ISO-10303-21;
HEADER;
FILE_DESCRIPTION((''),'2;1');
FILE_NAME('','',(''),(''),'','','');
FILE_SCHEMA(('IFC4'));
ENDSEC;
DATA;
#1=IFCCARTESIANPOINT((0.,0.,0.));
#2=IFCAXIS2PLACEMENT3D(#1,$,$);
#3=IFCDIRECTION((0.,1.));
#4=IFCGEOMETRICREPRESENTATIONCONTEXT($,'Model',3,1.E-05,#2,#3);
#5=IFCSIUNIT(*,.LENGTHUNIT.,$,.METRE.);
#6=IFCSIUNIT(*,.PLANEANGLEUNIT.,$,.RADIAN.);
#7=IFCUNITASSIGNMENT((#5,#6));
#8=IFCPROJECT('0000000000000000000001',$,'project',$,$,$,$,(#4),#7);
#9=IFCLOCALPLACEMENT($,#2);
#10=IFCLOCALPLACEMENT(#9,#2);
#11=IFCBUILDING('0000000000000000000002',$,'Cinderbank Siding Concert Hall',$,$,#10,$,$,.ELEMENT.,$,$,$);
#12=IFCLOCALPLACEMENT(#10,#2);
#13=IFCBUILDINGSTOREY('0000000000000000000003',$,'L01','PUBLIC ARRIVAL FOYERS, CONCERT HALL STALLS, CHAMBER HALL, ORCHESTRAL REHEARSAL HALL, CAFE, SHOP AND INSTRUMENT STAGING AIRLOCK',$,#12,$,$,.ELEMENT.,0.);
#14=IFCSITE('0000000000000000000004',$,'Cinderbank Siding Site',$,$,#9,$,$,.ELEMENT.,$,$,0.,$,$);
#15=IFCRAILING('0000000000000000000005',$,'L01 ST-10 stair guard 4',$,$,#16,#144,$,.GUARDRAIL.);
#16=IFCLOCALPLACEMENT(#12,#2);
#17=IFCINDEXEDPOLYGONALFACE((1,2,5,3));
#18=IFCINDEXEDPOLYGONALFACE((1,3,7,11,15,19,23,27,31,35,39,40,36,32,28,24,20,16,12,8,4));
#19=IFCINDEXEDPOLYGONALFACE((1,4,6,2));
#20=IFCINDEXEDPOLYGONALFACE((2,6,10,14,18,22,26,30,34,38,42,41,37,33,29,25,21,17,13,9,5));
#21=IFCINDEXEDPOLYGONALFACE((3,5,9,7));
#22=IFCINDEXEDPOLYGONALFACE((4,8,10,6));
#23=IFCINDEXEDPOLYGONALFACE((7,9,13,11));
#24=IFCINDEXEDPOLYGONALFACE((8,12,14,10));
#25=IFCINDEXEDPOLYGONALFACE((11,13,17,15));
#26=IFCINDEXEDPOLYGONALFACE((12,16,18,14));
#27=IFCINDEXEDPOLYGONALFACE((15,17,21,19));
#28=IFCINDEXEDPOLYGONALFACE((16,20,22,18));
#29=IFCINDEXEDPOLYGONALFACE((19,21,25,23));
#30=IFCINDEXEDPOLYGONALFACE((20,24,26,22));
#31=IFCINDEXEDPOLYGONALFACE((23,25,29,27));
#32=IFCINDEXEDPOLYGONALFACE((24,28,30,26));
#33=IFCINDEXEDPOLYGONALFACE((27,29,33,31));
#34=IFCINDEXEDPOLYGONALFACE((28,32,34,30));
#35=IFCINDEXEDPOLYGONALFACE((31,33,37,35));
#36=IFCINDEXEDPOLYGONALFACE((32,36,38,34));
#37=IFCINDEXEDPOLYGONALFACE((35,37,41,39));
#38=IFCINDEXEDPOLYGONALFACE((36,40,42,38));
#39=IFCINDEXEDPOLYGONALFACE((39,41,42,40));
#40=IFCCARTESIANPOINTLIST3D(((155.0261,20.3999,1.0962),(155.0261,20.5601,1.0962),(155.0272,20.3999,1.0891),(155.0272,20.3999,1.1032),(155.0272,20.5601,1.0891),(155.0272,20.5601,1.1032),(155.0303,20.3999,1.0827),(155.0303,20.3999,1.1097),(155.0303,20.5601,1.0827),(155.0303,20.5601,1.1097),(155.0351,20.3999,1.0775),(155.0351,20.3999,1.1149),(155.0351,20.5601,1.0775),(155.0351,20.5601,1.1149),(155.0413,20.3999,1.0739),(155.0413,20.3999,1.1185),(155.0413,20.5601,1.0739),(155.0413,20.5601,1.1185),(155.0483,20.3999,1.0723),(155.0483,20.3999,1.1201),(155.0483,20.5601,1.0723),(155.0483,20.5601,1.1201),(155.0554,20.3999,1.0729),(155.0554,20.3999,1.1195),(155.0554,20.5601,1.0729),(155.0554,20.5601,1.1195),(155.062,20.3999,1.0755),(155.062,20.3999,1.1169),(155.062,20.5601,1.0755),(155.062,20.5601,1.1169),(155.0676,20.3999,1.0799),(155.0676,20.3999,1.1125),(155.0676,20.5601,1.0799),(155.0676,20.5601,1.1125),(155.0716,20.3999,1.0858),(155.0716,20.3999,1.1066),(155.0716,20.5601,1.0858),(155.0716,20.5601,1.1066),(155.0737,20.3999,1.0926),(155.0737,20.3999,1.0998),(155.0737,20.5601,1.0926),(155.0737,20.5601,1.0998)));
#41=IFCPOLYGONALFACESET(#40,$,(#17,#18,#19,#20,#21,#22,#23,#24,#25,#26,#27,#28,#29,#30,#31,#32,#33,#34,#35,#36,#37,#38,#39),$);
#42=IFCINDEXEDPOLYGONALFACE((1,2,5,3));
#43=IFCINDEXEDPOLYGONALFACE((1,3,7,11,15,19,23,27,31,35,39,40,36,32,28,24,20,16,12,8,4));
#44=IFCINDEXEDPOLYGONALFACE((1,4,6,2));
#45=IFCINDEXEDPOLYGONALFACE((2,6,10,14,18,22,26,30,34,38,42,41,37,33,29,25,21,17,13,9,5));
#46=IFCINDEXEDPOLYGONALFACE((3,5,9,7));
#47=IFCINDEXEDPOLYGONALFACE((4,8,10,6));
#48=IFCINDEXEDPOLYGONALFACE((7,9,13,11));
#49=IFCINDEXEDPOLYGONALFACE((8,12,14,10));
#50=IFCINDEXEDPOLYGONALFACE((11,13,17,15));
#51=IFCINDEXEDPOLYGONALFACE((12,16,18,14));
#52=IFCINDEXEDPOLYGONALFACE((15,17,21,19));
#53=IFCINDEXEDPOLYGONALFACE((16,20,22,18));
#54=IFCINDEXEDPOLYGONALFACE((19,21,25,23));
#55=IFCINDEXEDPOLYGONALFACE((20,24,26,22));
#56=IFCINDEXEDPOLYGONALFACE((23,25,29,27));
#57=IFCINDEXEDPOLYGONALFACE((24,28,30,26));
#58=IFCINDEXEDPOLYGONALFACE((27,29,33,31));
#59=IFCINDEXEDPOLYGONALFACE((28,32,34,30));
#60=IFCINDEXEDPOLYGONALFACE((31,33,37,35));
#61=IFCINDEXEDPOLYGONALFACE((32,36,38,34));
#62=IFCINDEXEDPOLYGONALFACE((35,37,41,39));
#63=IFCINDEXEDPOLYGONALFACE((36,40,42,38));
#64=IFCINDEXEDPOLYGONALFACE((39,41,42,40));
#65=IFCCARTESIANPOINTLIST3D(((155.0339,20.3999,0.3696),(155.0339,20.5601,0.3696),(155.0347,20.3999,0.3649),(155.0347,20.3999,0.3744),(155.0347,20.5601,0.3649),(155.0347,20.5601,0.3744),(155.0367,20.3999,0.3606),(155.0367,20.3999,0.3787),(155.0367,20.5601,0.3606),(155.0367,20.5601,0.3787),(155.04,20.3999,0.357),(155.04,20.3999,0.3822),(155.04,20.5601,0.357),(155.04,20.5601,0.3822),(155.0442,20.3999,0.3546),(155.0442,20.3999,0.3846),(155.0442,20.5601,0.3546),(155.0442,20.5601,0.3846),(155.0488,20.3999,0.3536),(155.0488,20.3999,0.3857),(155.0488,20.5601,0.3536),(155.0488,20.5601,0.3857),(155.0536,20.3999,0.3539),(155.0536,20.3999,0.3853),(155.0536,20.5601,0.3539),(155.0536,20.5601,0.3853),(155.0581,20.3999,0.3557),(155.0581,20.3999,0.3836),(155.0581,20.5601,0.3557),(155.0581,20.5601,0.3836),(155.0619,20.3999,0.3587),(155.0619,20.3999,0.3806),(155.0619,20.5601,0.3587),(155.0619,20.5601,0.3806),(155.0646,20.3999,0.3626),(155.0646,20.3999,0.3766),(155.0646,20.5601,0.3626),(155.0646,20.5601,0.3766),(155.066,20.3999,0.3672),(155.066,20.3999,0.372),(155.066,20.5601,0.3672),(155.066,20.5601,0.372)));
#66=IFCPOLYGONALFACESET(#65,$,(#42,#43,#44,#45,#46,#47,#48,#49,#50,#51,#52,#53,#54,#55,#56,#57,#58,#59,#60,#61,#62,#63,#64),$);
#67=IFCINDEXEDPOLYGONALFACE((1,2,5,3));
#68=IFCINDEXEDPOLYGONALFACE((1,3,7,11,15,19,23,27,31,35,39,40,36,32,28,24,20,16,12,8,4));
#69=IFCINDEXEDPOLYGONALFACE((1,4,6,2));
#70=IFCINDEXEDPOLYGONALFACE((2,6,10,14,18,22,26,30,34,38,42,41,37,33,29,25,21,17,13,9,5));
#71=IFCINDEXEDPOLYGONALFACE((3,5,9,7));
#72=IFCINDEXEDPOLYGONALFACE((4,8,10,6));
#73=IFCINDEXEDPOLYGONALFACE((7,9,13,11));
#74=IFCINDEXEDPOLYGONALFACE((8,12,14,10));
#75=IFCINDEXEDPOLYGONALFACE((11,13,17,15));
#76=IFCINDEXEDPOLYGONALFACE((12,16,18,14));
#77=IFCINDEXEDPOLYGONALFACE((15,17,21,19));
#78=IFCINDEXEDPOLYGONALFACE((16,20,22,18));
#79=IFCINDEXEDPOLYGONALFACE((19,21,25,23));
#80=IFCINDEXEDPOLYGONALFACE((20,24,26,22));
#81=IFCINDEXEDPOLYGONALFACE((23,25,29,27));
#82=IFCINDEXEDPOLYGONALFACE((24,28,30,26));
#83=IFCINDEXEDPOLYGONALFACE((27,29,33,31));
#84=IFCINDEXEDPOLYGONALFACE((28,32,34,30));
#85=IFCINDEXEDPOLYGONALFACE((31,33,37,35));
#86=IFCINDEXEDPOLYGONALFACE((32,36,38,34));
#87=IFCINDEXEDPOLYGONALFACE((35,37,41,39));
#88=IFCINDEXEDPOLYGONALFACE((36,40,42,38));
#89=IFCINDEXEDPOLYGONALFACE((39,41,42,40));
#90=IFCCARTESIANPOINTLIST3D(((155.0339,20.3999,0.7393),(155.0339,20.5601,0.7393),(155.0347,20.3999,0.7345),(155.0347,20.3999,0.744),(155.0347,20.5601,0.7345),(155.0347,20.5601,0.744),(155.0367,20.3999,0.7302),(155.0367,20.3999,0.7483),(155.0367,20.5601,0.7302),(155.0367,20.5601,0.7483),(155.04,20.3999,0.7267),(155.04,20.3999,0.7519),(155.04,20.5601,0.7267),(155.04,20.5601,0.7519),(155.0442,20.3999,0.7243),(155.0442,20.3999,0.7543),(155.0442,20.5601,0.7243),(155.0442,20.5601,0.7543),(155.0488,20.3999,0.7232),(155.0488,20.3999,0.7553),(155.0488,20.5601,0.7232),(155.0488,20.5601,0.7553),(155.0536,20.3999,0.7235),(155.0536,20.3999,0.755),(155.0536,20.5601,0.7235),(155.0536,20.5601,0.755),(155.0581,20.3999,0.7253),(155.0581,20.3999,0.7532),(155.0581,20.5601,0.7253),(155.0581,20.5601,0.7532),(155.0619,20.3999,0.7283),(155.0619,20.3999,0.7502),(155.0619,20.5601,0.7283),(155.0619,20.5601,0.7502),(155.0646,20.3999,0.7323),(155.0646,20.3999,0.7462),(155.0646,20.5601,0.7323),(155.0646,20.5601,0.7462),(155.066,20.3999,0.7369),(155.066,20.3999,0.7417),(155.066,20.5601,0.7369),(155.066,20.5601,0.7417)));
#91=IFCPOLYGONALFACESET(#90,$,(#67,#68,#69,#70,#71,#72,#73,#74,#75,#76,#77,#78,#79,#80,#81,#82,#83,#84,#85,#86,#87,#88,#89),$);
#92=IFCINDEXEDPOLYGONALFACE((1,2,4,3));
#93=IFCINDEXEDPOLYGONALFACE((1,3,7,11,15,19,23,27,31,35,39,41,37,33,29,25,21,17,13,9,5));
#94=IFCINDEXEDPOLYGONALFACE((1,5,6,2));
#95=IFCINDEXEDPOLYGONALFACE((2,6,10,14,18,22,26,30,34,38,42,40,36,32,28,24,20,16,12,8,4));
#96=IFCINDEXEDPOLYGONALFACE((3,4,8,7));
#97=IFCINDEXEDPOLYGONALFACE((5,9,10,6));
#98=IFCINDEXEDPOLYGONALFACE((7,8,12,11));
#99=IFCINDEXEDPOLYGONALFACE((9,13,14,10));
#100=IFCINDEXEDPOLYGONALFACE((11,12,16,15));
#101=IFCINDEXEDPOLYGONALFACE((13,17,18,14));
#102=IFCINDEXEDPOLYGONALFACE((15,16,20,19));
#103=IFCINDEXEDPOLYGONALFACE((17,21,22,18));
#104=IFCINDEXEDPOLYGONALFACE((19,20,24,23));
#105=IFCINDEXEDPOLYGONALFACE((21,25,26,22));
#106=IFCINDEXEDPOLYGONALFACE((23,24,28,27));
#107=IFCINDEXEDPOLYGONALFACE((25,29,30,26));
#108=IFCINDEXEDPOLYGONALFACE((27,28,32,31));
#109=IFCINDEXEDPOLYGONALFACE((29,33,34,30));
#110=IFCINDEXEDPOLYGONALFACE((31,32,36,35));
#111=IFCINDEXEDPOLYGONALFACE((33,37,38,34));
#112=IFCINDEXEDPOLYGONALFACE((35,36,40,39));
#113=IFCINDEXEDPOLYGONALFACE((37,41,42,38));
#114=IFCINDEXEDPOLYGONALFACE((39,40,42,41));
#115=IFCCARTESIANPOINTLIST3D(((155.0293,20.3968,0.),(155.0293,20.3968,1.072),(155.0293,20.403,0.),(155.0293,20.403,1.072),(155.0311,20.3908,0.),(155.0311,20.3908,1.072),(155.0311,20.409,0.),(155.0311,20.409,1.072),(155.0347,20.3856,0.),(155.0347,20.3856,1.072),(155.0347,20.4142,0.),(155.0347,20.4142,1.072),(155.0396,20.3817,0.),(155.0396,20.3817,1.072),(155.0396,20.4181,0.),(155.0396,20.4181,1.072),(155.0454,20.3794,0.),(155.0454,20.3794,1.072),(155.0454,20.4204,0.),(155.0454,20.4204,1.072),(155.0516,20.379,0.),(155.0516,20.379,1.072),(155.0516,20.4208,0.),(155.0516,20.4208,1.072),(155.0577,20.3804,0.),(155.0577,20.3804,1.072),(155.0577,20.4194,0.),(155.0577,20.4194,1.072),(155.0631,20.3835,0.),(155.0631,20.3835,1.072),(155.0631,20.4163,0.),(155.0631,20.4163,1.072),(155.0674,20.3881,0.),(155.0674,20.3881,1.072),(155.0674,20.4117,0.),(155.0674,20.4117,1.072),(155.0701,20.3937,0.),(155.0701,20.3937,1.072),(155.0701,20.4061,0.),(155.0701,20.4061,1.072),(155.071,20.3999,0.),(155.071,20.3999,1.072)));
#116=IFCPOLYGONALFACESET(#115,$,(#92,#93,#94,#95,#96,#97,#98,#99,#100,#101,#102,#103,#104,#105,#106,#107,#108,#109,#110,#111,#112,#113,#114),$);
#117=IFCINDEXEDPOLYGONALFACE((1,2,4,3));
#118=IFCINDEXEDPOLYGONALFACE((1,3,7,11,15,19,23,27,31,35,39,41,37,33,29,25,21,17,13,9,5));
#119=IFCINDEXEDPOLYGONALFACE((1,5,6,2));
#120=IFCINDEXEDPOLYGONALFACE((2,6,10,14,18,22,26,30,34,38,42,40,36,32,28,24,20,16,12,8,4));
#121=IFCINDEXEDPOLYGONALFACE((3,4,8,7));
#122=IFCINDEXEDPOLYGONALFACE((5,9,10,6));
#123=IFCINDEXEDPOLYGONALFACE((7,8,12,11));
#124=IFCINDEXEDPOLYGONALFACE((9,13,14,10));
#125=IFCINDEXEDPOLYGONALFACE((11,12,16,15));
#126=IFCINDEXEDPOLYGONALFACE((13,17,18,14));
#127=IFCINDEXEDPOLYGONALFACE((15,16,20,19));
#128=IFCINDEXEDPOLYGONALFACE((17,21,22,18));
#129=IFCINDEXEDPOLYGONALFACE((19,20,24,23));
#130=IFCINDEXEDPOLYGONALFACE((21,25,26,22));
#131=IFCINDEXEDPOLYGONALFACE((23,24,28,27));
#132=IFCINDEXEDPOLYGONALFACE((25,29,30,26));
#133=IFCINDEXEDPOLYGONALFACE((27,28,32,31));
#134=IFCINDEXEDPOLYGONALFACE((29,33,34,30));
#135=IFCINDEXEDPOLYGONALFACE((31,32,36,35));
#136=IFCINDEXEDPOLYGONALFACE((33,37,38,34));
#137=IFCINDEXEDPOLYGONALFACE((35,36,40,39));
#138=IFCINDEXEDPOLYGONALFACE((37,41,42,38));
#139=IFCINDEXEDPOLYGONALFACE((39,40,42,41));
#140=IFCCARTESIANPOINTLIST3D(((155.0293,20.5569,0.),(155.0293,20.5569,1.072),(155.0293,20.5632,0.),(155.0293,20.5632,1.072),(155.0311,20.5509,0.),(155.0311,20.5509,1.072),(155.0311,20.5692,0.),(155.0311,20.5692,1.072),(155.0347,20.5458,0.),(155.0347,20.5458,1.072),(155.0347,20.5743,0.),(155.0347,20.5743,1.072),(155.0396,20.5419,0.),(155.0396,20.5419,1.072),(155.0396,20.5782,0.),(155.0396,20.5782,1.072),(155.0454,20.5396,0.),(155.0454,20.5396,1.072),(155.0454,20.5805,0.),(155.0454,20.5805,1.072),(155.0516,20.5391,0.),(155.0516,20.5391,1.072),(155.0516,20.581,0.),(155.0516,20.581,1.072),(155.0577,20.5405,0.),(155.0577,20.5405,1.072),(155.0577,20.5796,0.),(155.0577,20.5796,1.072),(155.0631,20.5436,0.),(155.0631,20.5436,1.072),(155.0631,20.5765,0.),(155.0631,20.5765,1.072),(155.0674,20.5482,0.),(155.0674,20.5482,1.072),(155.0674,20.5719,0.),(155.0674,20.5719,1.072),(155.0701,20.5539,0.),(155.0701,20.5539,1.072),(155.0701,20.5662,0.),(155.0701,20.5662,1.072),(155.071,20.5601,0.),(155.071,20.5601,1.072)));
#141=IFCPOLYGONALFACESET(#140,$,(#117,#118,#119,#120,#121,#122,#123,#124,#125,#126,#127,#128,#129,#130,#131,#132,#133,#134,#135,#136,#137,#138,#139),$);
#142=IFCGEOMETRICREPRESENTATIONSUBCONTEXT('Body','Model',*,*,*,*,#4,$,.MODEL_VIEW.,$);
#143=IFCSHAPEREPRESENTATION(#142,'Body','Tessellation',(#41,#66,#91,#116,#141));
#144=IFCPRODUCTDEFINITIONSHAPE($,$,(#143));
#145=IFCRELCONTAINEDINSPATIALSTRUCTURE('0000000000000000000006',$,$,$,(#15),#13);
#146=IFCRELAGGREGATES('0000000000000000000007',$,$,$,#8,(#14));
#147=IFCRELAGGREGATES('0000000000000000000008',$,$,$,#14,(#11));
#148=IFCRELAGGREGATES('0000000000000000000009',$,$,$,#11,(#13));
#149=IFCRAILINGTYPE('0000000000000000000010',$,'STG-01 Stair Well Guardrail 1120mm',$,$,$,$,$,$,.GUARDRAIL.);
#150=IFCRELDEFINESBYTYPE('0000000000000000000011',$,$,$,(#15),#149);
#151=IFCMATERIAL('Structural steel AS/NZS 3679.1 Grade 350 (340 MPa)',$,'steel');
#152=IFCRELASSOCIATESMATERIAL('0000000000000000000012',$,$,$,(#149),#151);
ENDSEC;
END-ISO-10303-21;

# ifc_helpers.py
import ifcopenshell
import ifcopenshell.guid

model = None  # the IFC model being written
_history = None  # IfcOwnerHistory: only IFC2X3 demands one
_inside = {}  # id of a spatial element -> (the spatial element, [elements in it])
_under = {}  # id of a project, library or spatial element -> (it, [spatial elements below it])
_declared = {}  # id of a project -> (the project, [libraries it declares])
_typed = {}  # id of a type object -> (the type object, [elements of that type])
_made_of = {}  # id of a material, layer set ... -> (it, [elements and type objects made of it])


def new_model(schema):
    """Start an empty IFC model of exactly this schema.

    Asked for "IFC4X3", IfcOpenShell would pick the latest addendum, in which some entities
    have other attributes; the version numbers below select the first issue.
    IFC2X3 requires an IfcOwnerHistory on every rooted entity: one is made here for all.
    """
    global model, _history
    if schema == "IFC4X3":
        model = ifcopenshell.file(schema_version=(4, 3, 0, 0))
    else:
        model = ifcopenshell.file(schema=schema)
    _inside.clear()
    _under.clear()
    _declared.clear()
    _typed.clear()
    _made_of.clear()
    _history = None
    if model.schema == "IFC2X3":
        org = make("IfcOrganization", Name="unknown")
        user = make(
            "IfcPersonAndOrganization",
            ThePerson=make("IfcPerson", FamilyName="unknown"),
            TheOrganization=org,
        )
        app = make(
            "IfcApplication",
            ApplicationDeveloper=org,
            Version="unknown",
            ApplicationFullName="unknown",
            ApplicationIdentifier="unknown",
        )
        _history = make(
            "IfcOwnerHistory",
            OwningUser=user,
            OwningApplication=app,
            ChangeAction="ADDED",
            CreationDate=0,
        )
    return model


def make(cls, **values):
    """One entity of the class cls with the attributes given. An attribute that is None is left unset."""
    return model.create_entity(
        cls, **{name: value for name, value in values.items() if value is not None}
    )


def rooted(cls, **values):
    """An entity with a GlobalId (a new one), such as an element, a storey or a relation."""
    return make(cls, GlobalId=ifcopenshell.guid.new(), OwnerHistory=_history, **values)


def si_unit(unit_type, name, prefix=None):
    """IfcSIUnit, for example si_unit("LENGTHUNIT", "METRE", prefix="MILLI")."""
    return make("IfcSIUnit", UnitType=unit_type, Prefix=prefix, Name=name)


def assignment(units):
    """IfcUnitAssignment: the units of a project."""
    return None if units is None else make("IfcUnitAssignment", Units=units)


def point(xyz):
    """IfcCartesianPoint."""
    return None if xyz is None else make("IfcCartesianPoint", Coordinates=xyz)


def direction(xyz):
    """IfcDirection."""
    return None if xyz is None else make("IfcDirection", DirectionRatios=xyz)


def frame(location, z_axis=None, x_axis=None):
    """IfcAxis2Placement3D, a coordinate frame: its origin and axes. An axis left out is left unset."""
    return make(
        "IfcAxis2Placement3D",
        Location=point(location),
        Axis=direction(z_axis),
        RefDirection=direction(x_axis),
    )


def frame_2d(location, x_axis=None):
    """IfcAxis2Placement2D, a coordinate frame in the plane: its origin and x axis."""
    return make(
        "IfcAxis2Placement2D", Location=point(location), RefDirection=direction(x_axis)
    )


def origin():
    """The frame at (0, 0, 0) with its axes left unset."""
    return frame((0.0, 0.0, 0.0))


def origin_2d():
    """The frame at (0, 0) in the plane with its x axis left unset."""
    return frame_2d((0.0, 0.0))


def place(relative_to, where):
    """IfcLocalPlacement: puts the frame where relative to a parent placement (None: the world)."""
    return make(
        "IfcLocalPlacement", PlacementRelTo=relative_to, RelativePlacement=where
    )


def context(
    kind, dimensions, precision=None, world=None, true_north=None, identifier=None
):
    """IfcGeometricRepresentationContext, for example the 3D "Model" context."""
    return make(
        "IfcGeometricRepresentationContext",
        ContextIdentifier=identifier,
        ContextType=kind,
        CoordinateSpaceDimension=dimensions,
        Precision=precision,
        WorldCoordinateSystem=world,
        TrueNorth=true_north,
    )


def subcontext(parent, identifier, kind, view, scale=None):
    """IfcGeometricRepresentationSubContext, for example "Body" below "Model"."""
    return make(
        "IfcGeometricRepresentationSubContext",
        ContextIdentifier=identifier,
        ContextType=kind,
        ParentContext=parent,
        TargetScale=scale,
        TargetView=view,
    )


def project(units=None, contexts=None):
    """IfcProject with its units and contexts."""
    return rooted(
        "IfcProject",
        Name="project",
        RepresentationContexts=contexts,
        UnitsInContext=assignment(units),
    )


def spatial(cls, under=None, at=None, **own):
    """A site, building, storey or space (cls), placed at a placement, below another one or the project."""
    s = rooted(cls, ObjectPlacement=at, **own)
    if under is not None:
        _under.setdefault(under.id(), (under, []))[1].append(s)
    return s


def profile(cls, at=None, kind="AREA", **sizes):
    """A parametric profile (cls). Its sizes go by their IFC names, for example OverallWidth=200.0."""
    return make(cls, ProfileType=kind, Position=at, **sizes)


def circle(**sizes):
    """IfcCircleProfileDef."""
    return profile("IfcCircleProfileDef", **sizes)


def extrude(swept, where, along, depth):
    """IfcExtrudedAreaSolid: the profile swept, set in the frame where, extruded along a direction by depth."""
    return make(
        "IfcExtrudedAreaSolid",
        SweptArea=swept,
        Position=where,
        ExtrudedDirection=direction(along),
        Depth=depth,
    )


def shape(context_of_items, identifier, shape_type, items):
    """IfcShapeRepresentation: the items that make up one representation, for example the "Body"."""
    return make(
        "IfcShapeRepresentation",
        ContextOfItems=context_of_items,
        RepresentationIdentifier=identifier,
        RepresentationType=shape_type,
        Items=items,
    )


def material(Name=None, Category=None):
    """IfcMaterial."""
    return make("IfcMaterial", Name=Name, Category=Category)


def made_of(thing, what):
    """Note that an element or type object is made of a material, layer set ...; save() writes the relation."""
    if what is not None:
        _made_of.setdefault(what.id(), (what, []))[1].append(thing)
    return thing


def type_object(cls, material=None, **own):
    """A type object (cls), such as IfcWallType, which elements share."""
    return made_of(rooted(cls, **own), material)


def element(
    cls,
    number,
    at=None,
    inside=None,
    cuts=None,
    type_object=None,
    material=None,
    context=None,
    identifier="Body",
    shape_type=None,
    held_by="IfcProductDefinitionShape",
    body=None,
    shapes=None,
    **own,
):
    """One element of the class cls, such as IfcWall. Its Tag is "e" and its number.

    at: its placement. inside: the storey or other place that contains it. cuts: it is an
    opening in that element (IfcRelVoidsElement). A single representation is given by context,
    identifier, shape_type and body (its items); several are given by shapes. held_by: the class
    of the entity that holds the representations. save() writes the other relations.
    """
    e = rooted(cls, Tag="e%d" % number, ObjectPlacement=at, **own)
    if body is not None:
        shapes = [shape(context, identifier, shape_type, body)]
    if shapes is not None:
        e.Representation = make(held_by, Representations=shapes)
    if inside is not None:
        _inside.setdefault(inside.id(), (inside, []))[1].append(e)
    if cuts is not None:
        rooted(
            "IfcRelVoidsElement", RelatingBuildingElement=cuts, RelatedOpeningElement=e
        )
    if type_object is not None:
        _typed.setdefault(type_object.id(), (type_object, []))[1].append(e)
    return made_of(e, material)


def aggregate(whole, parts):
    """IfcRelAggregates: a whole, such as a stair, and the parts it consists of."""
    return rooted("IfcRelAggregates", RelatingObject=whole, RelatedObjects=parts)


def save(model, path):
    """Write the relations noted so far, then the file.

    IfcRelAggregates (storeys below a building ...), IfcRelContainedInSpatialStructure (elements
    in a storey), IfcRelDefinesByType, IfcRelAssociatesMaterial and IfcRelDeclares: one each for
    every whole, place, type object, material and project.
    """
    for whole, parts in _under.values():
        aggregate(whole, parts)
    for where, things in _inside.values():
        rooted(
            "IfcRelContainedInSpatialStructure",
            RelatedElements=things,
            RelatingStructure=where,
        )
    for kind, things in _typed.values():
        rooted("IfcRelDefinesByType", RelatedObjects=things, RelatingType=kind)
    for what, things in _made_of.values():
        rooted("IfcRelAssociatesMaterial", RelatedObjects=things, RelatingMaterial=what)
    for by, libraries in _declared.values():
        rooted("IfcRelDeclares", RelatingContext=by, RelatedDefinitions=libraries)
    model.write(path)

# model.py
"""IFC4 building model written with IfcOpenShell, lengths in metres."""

from ifc_helpers import new_model, si_unit, direction, frame, origin, origin_2d, place, context, subcontext, project, spatial, circle, extrude, material, type_object, element, save


model = new_model("IFC4")

# Units and contexts
model_context = context("Model", 3, precision=1e-05, world=origin(), true_north=direction((0.0, 1.0)))
body_context = subcontext(model_context, "Body", "Model", "MODEL_VIEW")
ifc_project = project(units=[si_unit("LENGTHUNIT", "METRE"), si_unit("PLANEANGLEUNIT", "RADIAN")], contexts=[model_context])

# Site, building, storey
site_placement = place(None, origin())
site = spatial("IfcSite", under=ifc_project, at=site_placement, Name="Cinderbank Siding Site", CompositionType="ELEMENT", RefElevation=0.0)
building_placement = place(site_placement, origin())
building = spatial("IfcBuilding", under=site, at=building_placement, Name="Cinderbank Siding Concert Hall", CompositionType="ELEMENT")
storey_placement = place(building_placement, origin())
storey = spatial("IfcBuildingStorey", under=building, at=storey_placement, Name="L01", Description="PUBLIC ARRIVAL FOYERS, CONCERT HALL STALLS, CHAMBER HALL, ORCHESTRAL REHEARSAL HALL, CAFE, SHOP AND INSTRUMENT STAGING AIRLOCK", CompositionType="ELEMENT", Elevation=0.0)

# Shared definitions
ifc_material_1 = material(Name="Structural steel AS/NZS 3679.1 Grade 350 (340 MPa)", Category="steel")

# Railing
railing_type_1 = type_object("IfcRailingType", Name="STG-01 Stair Well Guardrail 1120mm", PredefinedType="GUARDRAIL", material=ifc_material_1)
railing_1_placement = place(storey_placement, frame((155.05, 20.3999, 0.0)))
element("IfcRailing", 1, at=railing_1_placement, inside=storey, type_object=railing_type_1, Name="L01 ST-10 stair guard 4", PredefinedType="GUARDRAIL", context=body_context, shape_type="SweptSolid", body=[
    extrude(circle(Radius=0.0239, at=origin_2d()), frame((0.0, 0.0, 1.0962), z_axis=(0.0, 1.0, 0.0), x_axis=(-1.0, 0.0, 0.0)), (0.0, 0.0, 1.0), 0.1602),
    extrude(circle(Radius=0.0161, at=origin_2d()), frame((0.0, 0.0, 0.3696), z_axis=(0.0, 1.0, 0.0), x_axis=(-1.0, 0.0, 0.0)), (0.0, 0.0, 1.0), 0.1602),
    extrude(circle(Radius=0.0161, at=origin_2d()), frame((0.0, 0.0, 0.7393), z_axis=(0.0, 1.0, 0.0), x_axis=(-1.0, 0.0, 0.0)), (0.0, 0.0, 1.0), 0.1602),
    extrude(circle(Radius=0.021, at=origin_2d()), origin(), (0.0, 0.0, 1.0), 1.072),
    extrude(circle(Radius=0.021, at=origin_2d()), frame((0.0, 0.1602, 0.0)), (0.0, 0.0, 1.0), 1.072),
])

save(model, "model.ifc")
